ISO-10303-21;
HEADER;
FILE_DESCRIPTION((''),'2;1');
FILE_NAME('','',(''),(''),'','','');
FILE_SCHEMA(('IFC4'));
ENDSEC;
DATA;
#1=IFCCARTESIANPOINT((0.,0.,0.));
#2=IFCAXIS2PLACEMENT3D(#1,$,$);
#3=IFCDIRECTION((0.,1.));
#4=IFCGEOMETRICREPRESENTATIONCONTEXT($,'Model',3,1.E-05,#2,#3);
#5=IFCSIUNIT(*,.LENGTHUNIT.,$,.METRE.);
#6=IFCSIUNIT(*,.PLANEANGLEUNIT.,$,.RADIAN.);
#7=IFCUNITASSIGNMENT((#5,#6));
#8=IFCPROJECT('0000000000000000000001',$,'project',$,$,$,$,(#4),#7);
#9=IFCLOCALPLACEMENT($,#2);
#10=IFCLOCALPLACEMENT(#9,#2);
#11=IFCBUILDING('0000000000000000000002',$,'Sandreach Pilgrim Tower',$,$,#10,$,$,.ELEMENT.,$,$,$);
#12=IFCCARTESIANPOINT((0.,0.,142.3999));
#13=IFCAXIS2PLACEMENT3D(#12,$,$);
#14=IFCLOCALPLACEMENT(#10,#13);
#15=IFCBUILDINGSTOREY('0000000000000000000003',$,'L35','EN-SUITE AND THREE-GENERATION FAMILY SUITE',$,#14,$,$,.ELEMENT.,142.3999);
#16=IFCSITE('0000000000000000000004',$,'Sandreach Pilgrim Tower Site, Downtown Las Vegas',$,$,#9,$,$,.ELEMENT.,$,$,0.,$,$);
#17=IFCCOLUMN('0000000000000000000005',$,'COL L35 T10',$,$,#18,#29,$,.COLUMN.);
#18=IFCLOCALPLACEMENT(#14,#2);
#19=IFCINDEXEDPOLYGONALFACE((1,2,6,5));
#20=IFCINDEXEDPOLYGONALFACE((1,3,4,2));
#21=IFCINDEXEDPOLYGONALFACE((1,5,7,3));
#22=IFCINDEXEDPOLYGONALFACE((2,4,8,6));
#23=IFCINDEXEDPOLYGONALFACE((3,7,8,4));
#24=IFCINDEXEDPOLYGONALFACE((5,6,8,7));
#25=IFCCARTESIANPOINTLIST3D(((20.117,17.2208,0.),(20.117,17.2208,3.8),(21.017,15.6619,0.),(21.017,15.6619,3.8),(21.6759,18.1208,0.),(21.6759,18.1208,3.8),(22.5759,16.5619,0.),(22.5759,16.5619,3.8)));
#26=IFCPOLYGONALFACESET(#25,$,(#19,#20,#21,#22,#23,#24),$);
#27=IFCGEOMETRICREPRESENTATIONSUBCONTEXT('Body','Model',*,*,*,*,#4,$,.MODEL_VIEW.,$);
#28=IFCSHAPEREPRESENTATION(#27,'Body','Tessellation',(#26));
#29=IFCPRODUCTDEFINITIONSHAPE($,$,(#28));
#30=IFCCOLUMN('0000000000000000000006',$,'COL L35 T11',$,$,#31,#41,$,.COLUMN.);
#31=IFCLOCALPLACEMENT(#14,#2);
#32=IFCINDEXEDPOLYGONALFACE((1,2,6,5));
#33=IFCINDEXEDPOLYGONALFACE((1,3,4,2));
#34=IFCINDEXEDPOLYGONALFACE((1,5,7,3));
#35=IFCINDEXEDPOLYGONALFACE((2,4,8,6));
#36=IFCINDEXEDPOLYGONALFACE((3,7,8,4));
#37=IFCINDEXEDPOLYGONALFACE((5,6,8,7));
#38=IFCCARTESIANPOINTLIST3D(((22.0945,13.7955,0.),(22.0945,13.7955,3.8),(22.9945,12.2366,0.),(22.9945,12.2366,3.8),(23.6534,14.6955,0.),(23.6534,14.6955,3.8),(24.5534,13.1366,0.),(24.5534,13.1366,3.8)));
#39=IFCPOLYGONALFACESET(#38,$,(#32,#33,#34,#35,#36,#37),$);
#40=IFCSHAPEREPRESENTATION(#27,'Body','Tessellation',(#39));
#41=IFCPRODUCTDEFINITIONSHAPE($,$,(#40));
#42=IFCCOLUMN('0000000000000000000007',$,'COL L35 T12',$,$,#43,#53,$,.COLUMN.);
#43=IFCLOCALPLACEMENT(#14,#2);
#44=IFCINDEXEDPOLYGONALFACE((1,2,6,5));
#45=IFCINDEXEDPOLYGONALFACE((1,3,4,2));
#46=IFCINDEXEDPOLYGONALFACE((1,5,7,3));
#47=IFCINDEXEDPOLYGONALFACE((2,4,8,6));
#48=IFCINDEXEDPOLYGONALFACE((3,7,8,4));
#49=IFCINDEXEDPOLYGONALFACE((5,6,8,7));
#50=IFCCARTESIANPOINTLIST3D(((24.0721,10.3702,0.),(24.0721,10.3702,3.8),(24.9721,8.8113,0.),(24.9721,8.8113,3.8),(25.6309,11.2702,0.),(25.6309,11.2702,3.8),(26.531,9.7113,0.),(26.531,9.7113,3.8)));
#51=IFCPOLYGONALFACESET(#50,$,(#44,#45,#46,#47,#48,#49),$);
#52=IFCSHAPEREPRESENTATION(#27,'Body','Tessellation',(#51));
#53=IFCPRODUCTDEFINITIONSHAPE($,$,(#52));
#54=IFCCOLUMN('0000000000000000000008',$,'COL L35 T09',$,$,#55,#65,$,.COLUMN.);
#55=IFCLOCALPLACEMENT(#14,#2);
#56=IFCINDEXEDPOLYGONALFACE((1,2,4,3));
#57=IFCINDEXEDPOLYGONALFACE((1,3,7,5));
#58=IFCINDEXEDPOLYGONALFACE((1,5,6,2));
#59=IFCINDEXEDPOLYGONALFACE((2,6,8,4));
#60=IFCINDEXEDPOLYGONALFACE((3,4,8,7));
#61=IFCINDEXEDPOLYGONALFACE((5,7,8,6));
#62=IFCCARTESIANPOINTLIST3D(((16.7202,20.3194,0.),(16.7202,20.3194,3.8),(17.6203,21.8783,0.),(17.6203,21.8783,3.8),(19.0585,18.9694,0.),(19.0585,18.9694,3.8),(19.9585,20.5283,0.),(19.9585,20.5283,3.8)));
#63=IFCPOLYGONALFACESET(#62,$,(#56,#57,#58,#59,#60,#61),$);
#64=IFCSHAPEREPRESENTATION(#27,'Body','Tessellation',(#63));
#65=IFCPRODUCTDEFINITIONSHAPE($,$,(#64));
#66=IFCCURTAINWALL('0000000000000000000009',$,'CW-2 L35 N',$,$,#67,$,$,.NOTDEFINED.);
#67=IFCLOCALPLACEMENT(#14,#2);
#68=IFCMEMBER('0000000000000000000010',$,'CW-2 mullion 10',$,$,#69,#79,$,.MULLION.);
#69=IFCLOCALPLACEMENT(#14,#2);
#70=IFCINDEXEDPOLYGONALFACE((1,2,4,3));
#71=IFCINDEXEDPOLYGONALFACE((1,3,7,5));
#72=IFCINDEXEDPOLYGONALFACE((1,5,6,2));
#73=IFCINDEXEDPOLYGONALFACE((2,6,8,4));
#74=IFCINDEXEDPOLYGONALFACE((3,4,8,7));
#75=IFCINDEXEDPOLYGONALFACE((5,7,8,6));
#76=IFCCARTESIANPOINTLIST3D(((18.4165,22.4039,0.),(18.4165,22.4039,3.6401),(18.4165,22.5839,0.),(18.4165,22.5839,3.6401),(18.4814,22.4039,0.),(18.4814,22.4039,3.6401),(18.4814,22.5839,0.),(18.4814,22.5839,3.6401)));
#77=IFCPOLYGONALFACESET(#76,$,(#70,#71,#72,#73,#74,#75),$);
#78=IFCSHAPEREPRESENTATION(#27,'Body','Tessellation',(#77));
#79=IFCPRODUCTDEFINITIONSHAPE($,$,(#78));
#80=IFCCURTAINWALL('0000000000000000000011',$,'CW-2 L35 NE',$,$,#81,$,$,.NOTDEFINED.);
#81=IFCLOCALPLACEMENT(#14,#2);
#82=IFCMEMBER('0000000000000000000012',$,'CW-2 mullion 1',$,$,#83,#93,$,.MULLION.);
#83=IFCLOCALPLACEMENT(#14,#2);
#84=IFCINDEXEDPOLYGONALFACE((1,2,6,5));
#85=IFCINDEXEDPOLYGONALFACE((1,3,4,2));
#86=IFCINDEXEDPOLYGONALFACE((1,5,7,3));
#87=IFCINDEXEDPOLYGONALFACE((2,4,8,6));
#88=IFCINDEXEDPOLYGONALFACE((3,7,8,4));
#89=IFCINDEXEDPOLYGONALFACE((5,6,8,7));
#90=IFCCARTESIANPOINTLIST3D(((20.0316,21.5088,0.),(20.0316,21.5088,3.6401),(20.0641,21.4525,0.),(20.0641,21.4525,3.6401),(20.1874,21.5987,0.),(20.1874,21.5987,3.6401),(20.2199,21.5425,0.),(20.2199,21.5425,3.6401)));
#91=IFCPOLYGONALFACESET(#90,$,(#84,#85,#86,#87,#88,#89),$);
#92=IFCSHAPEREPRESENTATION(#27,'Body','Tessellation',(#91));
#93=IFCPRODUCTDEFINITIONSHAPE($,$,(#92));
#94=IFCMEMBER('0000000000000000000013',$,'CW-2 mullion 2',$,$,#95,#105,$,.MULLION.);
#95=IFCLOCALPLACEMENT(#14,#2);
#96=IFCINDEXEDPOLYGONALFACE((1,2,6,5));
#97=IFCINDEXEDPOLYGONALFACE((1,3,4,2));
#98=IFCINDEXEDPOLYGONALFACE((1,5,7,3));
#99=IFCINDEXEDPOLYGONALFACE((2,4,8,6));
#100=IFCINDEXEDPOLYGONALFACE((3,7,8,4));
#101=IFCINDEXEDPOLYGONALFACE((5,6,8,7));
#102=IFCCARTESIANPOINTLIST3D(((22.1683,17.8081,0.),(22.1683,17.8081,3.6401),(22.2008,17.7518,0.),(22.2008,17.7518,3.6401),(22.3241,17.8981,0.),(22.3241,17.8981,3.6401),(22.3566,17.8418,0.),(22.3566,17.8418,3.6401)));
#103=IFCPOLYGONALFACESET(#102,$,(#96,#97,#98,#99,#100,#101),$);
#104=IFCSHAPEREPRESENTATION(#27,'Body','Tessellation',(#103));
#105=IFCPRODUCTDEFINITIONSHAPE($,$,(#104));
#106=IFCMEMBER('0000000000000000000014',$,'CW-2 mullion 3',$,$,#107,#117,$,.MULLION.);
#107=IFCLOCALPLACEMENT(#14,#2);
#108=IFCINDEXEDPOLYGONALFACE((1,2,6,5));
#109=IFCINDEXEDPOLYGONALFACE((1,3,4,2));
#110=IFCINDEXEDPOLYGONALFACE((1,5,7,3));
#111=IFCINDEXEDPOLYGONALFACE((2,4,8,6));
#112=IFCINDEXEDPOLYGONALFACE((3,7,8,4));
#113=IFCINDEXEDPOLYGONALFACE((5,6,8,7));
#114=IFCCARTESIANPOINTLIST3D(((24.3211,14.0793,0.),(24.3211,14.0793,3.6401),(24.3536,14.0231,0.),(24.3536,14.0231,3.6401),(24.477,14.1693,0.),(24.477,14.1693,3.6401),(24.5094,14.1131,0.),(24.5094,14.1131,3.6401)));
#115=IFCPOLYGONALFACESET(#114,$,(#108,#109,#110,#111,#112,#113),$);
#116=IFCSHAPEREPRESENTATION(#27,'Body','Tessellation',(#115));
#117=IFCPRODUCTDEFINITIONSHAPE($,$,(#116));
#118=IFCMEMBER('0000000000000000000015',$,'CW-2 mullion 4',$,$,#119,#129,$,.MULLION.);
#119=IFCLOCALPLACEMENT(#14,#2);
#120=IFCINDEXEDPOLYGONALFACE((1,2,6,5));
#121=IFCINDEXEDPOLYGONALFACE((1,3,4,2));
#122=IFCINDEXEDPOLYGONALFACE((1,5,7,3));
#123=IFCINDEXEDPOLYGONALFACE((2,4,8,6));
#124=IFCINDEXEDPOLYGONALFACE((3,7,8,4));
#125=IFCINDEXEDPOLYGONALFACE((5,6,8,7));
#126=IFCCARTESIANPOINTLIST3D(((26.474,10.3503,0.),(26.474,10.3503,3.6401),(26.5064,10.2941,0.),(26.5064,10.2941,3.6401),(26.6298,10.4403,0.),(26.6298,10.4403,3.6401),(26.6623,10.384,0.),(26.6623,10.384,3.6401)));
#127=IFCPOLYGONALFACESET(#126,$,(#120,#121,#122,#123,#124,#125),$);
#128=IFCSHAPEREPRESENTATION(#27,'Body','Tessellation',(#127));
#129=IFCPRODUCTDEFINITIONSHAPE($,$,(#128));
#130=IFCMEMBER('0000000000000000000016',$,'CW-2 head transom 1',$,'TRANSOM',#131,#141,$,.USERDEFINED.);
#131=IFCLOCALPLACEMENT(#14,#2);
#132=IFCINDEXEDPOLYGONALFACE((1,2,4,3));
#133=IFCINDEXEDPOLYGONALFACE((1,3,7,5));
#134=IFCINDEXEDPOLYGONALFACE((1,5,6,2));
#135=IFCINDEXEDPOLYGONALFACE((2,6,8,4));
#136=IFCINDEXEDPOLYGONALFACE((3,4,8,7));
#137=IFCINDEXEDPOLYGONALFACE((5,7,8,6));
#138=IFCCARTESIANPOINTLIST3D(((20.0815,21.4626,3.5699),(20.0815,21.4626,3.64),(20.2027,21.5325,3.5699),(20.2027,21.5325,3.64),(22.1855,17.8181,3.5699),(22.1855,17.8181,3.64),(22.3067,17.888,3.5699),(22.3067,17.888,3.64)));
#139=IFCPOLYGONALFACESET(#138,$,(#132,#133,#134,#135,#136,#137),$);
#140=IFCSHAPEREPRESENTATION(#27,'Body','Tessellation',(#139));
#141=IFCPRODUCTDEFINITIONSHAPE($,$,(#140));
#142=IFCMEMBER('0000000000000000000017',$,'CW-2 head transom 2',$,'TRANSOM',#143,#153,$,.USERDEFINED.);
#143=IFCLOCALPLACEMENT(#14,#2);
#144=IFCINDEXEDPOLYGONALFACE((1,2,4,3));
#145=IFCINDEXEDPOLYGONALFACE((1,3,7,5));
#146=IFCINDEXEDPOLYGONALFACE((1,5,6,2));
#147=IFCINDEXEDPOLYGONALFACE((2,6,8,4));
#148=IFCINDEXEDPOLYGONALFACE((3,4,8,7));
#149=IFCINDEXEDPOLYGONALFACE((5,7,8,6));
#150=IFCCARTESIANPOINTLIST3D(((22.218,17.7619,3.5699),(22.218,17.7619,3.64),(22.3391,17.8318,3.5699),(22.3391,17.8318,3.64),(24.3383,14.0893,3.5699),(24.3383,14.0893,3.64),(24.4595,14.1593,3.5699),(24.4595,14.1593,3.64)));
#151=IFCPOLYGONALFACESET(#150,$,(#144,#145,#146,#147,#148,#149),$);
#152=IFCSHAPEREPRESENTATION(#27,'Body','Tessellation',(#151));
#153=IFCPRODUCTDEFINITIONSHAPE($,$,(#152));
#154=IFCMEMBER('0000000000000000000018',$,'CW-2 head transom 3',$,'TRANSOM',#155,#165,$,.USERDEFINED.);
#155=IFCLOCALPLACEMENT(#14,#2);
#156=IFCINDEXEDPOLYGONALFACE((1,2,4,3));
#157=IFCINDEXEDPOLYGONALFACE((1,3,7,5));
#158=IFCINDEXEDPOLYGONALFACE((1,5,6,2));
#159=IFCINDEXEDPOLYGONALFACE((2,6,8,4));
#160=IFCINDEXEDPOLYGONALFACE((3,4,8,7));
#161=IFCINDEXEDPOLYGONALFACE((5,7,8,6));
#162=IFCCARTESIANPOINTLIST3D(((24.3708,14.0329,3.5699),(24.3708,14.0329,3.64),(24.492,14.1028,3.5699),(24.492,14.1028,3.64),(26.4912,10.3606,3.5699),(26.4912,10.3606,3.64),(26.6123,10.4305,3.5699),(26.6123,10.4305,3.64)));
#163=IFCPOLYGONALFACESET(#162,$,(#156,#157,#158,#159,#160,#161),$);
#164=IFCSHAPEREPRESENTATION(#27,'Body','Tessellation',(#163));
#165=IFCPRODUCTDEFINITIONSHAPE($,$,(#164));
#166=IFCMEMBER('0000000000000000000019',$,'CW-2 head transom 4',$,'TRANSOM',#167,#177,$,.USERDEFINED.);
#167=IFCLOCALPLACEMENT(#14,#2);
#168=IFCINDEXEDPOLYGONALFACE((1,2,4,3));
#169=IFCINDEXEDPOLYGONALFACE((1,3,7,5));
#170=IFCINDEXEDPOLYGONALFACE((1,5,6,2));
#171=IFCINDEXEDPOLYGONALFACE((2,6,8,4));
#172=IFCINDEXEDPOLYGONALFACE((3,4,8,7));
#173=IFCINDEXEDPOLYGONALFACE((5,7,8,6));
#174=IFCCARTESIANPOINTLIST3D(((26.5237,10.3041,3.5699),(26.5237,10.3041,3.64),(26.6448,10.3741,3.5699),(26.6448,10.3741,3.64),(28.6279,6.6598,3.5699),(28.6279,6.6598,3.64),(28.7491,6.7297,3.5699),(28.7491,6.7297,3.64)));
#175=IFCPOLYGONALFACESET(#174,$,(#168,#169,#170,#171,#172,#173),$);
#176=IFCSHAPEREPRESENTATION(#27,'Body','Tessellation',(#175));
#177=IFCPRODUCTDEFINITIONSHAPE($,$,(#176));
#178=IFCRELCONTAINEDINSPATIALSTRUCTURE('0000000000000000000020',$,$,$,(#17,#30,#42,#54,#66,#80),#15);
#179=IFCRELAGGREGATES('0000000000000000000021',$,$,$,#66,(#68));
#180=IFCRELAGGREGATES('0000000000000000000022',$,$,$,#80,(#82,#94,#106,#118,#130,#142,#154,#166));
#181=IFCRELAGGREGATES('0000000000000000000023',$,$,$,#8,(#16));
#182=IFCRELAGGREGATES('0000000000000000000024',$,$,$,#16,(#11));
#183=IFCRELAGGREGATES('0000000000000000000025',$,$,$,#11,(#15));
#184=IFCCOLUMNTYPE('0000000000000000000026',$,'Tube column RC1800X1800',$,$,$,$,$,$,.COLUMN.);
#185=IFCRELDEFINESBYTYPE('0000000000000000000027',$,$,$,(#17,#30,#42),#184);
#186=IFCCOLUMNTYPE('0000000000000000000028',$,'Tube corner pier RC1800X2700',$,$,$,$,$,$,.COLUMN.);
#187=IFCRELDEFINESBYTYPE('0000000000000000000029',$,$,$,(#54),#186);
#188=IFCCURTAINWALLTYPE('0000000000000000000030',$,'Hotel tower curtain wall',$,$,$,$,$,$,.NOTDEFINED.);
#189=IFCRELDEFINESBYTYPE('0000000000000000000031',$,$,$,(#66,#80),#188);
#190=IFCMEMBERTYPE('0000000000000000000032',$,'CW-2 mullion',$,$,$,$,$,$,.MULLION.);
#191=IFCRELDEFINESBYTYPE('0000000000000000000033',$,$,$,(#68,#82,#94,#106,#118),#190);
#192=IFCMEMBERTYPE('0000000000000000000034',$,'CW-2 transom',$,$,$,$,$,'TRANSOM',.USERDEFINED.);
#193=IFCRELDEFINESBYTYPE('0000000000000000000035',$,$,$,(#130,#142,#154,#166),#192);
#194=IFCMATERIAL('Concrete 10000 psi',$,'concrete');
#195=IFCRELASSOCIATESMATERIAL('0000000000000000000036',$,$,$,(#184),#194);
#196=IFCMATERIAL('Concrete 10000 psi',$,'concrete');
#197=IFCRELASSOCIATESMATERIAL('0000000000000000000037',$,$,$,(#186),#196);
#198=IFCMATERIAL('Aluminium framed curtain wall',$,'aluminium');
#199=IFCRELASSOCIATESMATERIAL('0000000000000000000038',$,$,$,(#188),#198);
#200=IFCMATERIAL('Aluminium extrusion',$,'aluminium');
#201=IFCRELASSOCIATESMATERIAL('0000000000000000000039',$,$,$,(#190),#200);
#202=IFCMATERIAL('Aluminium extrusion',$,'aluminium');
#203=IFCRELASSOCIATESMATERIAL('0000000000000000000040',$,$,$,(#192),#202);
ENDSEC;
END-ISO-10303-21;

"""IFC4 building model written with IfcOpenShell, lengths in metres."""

from ifc_helpers import new_model, si_unit, direction, frame, origin, origin_2d, place, context, subcontext, project, spatial, rectangle, extrude, material, material_profile, profile_set, type_object, element, aggregate, save


model = new_model("IFC4")

# Units and contexts
model_context = context("Model", 3, precision=1e-05, world=origin(), true_north=direction((0.0, 1.0)))
body_context = subcontext(model_context, "Body", "Model", "MODEL_VIEW")
ifc_project = project(units=[si_unit("LENGTHUNIT", "METRE"), si_unit("PLANEANGLEUNIT", "RADIAN")], contexts=[model_context])

# Site, building, storey
site_placement = place(None, origin())
site = spatial("IfcSite", under=ifc_project, at=site_placement, Name="Sandreach Pilgrim Tower Site, Downtown Las Vegas", CompositionType="ELEMENT", RefElevation=0.0)
building_placement = place(site_placement, origin())
building = spatial("IfcBuilding", under=site, at=building_placement, Name="Sandreach Pilgrim Tower", CompositionType="ELEMENT")
storey_placement = place(building_placement, frame((0.0, 0.0, 142.3999)))
storey = spatial("IfcBuildingStorey", under=building, at=storey_placement, Name="L35", Description="EN-SUITE AND THREE-GENERATION FAMILY SUITE", CompositionType="ELEMENT", Elevation=142.3999)

# Columns
ifc_material_1 = material(Name="Concrete 10000 psi", Category="concrete")
ifc_material_profile_1 = material_profile(ifc_material_1, rectangle(XDim=1.8, YDim=1.8, at=origin_2d()), Name="RC1800X1800")
ifc_profile_set_1 = profile_set([ifc_material_profile_1], Name="Concrete 10000 psi")
column_type_1 = type_object("IfcColumnType", Name="Tube column RC1800X1800", PredefinedType="COLUMN", material=ifc_profile_set_1)
for number, where, z_axis, x_axis, name in (
    (1, (21.3464, 16.8914, 0.0), (0.0, 0.0, 1.0), (0.866025, 0.5, 0.0), "COL L35 T10"),
    (2, (23.324, 13.4661, 0.0), (0.0, 0.0, 1.0), (0.866025, 0.5, 0.0), "COL L35 T11"),
    (3, (25.3015, 10.0408, 0.0), (0.0, 0.0, 1.0), (0.866025, 0.5, 0.0), "COL L35 T12"),
):
    element("IfcColumn", number, at=place(storey_placement, frame(where, z_axis=z_axis, x_axis=x_axis)), inside=storey, type_object=column_type_1, Name=name, PredefinedType="COLUMN", context=body_context, shape_type="SweptSolid", body=[
        extrude(rectangle(XDim=1.8, YDim=1.8, at=origin_2d()), origin(), (0.0, 0.0, 1.0), 3.8),
    ])
ifc_material_2 = material(Name="Concrete 10000 psi", Category="concrete")
ifc_material_profile_2 = material_profile(ifc_material_2, rectangle(XDim=1.8, YDim=2.7, at=origin_2d()), Name="RC1800X2700")
ifc_profile_set_2 = profile_set([ifc_material_profile_2], Name="Concrete 10000 psi")
column_type_2 = type_object("IfcColumnType", Name="Tube corner pier RC1800X2700", PredefinedType="COLUMN", material=ifc_profile_set_2)
column_placement = place(storey_placement, frame((18.3394, 20.4238, 0.0), z_axis=(0.0, 0.0, 1.0), x_axis=(0.5, 0.866025, 0.0)))
element("IfcColumn", 4, at=column_placement, inside=storey, type_object=column_type_2, Name="COL L35 T09", PredefinedType="COLUMN", context=body_context, shape_type="SweptSolid", body=[
    extrude(rectangle(XDim=1.8, YDim=2.7, at=origin_2d()), origin(), (0.0, 0.0, 1.0), 3.8),
])

# Curtain wall, member
ifc_material_3 = material(Name="Aluminium framed curtain wall", Category="aluminium")
curtain_wall_type = type_object("IfcCurtainWallType", Name="Hotel tower curtain wall", PredefinedType="NOTDEFINED", material=ifc_material_3)
curtain_wall_1_placement = place(storey_placement, origin())
curtain_wall_1 = element("IfcCurtainWall", 5, at=curtain_wall_1_placement, inside=storey, type_object=curtain_wall_type, Name="CW-2 L35 N", PredefinedType="NOTDEFINED")
ifc_material_4 = material(Name="Aluminium extrusion", Category="aluminium")
ifc_material_profile_3 = material_profile(ifc_material_4, rectangle(XDim=0.0649, YDim=0.1799, at=origin_2d()), Name="CW-2M 65X180")
ifc_profile_set_3 = profile_set([ifc_material_profile_3], Name="Aluminium extrusion")
member_type_1 = type_object("IfcMemberType", Name="CW-2 mullion", PredefinedType="MULLION", material=ifc_profile_set_3)
member_1_placement = place(storey_placement, frame((18.449, 22.4939, 0.0), z_axis=(0.0, 0.0, 1.0), x_axis=(1.0, 0.0, 0.0)))
member_1 = element("IfcMember", 6, at=member_1_placement, type_object=member_type_1, Name="CW-2 mullion 10", PredefinedType="MULLION", context=body_context, shape_type="SweptSolid", body=[
    extrude(rectangle(XDim=0.0649, YDim=0.1799, at=origin_2d()), origin(), (0.0, 0.0, 1.0), 3.6401),
])
aggregate(curtain_wall_1, [member_1])

# Curtain wall, members
curtain_wall_2_placement = place(storey_placement, origin())
curtain_wall_2 = element("IfcCurtainWall", 7, at=curtain_wall_2_placement, inside=storey, type_object=curtain_wall_type, Name="CW-2 L35 NE", PredefinedType="NOTDEFINED")
member_2_placement = place(storey_placement, frame((20.1257, 21.5256, 0.0), z_axis=(0.0, 0.0, 1.0), x_axis=(0.5, -0.866025, 0.0)))
member_2 = element("IfcMember", 8, at=member_2_placement, type_object=member_type_1, Name="CW-2 mullion 1", PredefinedType="MULLION", context=body_context, shape_type="SweptSolid", body=[
    extrude(rectangle(XDim=0.0649, YDim=0.1799, at=origin_2d()), origin(), (0.0, 0.0, 1.0), 3.6401),
])
member_3_placement = place(storey_placement, frame((22.2625, 17.825, 0.0), z_axis=(0.0, 0.0, 1.0), x_axis=(0.5, -0.866025, 0.0)))
member_3 = element("IfcMember", 9, at=member_3_placement, type_object=member_type_1, Name="CW-2 mullion 2", PredefinedType="MULLION", context=body_context, shape_type="SweptSolid", body=[
    extrude(rectangle(XDim=0.0649, YDim=0.1799, at=origin_2d()), origin(), (0.0, 0.0, 1.0), 3.6401),
])
member_4_placement = place(storey_placement, frame((24.4153, 14.0962, 0.0), z_axis=(0.0, 0.0, 1.0), x_axis=(0.5, -0.866025, 0.0)))
member_4 = element("IfcMember", 10, at=member_4_placement, type_object=member_type_1, Name="CW-2 mullion 3", PredefinedType="MULLION", context=body_context, shape_type="SweptSolid", body=[
    extrude(rectangle(XDim=0.0649, YDim=0.1799, at=origin_2d()), origin(), (0.0, 0.0, 1.0), 3.6401),
])
member_5_placement = place(storey_placement, frame((26.5681, 10.3672, 0.0), z_axis=(0.0, 0.0, 1.0), x_axis=(0.5, -0.866025, 0.0)))
member_5 = element("IfcMember", 11, at=member_5_placement, type_object=member_type_1, Name="CW-2 mullion 4", PredefinedType="MULLION", context=body_context, shape_type="SweptSolid", body=[
    extrude(rectangle(XDim=0.0649, YDim=0.1799, at=origin_2d()), origin(), (0.0, 0.0, 1.0), 3.6401),
])
ifc_material_5 = material(Name="Aluminium extrusion", Category="aluminium")
ifc_material_profile_4 = material_profile(ifc_material_5, rectangle(XDim=0.1399, YDim=0.0701, at=origin_2d()), Name="CW-2T 140X70")
ifc_profile_set_4 = profile_set([ifc_material_profile_4], Name="Aluminium extrusion")
member_type_2 = type_object("IfcMemberType", Name="CW-2 transom", ElementType="TRANSOM", PredefinedType="USERDEFINED", material=ifc_profile_set_4)
member_6_placement = place(storey_placement, frame((20.1421, 21.4976, 3.605), z_axis=(0.49997, -0.866043, 0.0), x_axis=(0.866043, 0.49997, 0.0)))
member_6 = element("IfcMember", 12, at=member_6_placement, type_object=member_type_2, Name="CW-2 head transom 1", ObjectType="TRANSOM", PredefinedType="USERDEFINED", context=body_context, shape_type="SweptSolid", body=[
    extrude(rectangle(XDim=0.1399, YDim=0.0701, at=origin_2d()), origin(), (0.0, 0.0, 1.0), 4.2083),
])
member_7_placement = place(storey_placement, frame((22.2786, 17.7969, 3.605), z_axis=(0.499997, -0.866027, 0.0), x_axis=(0.866027, 0.499997, 0.0)))
member_7 = element("IfcMember", 13, at=member_7_placement, type_object=member_type_2, Name="CW-2 head transom 2", ObjectType="TRANSOM", PredefinedType="USERDEFINED", context=body_context, shape_type="SweptSolid", body=[
    extrude(rectangle(XDim=0.1399, YDim=0.0701, at=origin_2d()), origin(), (0.0, 0.0, 1.0), 4.2407),
])
member_8_placement = place(storey_placement, frame((24.4314, 14.0679, 3.605), z_axis=(0.500021, -0.866013, 0.0), x_axis=(0.866013, 0.500021, 0.0)))
member_8 = element("IfcMember", 14, at=member_8_placement, type_object=member_type_2, Name="CW-2 head transom 3", ObjectType="TRANSOM", PredefinedType="USERDEFINED", context=body_context, shape_type="SweptSolid", body=[
    extrude(rectangle(XDim=0.1399, YDim=0.0701, at=origin_2d()), origin(), (0.0, 0.0, 1.0), 4.2405),
])
member_9_placement = place(storey_placement, frame((26.5842, 10.3391, 3.605), z_axis=(0.500039, -0.866003, 0.0), x_axis=(0.866003, 0.500039, 0.0)))
member_9 = element("IfcMember", 15, at=member_9_placement, type_object=member_type_2, Name="CW-2 head transom 4", ObjectType="TRANSOM", PredefinedType="USERDEFINED", context=body_context, shape_type="SweptSolid", body=[
    extrude(rectangle(XDim=0.1399, YDim=0.0701, at=origin_2d()), origin(), (0.0, 0.0, 1.0), 4.2083),
])

aggregate(curtain_wall_2, [member_2, member_3, member_4, member_5, member_6, member_7, member_8, member_9])

save(model, "model.ifc")
